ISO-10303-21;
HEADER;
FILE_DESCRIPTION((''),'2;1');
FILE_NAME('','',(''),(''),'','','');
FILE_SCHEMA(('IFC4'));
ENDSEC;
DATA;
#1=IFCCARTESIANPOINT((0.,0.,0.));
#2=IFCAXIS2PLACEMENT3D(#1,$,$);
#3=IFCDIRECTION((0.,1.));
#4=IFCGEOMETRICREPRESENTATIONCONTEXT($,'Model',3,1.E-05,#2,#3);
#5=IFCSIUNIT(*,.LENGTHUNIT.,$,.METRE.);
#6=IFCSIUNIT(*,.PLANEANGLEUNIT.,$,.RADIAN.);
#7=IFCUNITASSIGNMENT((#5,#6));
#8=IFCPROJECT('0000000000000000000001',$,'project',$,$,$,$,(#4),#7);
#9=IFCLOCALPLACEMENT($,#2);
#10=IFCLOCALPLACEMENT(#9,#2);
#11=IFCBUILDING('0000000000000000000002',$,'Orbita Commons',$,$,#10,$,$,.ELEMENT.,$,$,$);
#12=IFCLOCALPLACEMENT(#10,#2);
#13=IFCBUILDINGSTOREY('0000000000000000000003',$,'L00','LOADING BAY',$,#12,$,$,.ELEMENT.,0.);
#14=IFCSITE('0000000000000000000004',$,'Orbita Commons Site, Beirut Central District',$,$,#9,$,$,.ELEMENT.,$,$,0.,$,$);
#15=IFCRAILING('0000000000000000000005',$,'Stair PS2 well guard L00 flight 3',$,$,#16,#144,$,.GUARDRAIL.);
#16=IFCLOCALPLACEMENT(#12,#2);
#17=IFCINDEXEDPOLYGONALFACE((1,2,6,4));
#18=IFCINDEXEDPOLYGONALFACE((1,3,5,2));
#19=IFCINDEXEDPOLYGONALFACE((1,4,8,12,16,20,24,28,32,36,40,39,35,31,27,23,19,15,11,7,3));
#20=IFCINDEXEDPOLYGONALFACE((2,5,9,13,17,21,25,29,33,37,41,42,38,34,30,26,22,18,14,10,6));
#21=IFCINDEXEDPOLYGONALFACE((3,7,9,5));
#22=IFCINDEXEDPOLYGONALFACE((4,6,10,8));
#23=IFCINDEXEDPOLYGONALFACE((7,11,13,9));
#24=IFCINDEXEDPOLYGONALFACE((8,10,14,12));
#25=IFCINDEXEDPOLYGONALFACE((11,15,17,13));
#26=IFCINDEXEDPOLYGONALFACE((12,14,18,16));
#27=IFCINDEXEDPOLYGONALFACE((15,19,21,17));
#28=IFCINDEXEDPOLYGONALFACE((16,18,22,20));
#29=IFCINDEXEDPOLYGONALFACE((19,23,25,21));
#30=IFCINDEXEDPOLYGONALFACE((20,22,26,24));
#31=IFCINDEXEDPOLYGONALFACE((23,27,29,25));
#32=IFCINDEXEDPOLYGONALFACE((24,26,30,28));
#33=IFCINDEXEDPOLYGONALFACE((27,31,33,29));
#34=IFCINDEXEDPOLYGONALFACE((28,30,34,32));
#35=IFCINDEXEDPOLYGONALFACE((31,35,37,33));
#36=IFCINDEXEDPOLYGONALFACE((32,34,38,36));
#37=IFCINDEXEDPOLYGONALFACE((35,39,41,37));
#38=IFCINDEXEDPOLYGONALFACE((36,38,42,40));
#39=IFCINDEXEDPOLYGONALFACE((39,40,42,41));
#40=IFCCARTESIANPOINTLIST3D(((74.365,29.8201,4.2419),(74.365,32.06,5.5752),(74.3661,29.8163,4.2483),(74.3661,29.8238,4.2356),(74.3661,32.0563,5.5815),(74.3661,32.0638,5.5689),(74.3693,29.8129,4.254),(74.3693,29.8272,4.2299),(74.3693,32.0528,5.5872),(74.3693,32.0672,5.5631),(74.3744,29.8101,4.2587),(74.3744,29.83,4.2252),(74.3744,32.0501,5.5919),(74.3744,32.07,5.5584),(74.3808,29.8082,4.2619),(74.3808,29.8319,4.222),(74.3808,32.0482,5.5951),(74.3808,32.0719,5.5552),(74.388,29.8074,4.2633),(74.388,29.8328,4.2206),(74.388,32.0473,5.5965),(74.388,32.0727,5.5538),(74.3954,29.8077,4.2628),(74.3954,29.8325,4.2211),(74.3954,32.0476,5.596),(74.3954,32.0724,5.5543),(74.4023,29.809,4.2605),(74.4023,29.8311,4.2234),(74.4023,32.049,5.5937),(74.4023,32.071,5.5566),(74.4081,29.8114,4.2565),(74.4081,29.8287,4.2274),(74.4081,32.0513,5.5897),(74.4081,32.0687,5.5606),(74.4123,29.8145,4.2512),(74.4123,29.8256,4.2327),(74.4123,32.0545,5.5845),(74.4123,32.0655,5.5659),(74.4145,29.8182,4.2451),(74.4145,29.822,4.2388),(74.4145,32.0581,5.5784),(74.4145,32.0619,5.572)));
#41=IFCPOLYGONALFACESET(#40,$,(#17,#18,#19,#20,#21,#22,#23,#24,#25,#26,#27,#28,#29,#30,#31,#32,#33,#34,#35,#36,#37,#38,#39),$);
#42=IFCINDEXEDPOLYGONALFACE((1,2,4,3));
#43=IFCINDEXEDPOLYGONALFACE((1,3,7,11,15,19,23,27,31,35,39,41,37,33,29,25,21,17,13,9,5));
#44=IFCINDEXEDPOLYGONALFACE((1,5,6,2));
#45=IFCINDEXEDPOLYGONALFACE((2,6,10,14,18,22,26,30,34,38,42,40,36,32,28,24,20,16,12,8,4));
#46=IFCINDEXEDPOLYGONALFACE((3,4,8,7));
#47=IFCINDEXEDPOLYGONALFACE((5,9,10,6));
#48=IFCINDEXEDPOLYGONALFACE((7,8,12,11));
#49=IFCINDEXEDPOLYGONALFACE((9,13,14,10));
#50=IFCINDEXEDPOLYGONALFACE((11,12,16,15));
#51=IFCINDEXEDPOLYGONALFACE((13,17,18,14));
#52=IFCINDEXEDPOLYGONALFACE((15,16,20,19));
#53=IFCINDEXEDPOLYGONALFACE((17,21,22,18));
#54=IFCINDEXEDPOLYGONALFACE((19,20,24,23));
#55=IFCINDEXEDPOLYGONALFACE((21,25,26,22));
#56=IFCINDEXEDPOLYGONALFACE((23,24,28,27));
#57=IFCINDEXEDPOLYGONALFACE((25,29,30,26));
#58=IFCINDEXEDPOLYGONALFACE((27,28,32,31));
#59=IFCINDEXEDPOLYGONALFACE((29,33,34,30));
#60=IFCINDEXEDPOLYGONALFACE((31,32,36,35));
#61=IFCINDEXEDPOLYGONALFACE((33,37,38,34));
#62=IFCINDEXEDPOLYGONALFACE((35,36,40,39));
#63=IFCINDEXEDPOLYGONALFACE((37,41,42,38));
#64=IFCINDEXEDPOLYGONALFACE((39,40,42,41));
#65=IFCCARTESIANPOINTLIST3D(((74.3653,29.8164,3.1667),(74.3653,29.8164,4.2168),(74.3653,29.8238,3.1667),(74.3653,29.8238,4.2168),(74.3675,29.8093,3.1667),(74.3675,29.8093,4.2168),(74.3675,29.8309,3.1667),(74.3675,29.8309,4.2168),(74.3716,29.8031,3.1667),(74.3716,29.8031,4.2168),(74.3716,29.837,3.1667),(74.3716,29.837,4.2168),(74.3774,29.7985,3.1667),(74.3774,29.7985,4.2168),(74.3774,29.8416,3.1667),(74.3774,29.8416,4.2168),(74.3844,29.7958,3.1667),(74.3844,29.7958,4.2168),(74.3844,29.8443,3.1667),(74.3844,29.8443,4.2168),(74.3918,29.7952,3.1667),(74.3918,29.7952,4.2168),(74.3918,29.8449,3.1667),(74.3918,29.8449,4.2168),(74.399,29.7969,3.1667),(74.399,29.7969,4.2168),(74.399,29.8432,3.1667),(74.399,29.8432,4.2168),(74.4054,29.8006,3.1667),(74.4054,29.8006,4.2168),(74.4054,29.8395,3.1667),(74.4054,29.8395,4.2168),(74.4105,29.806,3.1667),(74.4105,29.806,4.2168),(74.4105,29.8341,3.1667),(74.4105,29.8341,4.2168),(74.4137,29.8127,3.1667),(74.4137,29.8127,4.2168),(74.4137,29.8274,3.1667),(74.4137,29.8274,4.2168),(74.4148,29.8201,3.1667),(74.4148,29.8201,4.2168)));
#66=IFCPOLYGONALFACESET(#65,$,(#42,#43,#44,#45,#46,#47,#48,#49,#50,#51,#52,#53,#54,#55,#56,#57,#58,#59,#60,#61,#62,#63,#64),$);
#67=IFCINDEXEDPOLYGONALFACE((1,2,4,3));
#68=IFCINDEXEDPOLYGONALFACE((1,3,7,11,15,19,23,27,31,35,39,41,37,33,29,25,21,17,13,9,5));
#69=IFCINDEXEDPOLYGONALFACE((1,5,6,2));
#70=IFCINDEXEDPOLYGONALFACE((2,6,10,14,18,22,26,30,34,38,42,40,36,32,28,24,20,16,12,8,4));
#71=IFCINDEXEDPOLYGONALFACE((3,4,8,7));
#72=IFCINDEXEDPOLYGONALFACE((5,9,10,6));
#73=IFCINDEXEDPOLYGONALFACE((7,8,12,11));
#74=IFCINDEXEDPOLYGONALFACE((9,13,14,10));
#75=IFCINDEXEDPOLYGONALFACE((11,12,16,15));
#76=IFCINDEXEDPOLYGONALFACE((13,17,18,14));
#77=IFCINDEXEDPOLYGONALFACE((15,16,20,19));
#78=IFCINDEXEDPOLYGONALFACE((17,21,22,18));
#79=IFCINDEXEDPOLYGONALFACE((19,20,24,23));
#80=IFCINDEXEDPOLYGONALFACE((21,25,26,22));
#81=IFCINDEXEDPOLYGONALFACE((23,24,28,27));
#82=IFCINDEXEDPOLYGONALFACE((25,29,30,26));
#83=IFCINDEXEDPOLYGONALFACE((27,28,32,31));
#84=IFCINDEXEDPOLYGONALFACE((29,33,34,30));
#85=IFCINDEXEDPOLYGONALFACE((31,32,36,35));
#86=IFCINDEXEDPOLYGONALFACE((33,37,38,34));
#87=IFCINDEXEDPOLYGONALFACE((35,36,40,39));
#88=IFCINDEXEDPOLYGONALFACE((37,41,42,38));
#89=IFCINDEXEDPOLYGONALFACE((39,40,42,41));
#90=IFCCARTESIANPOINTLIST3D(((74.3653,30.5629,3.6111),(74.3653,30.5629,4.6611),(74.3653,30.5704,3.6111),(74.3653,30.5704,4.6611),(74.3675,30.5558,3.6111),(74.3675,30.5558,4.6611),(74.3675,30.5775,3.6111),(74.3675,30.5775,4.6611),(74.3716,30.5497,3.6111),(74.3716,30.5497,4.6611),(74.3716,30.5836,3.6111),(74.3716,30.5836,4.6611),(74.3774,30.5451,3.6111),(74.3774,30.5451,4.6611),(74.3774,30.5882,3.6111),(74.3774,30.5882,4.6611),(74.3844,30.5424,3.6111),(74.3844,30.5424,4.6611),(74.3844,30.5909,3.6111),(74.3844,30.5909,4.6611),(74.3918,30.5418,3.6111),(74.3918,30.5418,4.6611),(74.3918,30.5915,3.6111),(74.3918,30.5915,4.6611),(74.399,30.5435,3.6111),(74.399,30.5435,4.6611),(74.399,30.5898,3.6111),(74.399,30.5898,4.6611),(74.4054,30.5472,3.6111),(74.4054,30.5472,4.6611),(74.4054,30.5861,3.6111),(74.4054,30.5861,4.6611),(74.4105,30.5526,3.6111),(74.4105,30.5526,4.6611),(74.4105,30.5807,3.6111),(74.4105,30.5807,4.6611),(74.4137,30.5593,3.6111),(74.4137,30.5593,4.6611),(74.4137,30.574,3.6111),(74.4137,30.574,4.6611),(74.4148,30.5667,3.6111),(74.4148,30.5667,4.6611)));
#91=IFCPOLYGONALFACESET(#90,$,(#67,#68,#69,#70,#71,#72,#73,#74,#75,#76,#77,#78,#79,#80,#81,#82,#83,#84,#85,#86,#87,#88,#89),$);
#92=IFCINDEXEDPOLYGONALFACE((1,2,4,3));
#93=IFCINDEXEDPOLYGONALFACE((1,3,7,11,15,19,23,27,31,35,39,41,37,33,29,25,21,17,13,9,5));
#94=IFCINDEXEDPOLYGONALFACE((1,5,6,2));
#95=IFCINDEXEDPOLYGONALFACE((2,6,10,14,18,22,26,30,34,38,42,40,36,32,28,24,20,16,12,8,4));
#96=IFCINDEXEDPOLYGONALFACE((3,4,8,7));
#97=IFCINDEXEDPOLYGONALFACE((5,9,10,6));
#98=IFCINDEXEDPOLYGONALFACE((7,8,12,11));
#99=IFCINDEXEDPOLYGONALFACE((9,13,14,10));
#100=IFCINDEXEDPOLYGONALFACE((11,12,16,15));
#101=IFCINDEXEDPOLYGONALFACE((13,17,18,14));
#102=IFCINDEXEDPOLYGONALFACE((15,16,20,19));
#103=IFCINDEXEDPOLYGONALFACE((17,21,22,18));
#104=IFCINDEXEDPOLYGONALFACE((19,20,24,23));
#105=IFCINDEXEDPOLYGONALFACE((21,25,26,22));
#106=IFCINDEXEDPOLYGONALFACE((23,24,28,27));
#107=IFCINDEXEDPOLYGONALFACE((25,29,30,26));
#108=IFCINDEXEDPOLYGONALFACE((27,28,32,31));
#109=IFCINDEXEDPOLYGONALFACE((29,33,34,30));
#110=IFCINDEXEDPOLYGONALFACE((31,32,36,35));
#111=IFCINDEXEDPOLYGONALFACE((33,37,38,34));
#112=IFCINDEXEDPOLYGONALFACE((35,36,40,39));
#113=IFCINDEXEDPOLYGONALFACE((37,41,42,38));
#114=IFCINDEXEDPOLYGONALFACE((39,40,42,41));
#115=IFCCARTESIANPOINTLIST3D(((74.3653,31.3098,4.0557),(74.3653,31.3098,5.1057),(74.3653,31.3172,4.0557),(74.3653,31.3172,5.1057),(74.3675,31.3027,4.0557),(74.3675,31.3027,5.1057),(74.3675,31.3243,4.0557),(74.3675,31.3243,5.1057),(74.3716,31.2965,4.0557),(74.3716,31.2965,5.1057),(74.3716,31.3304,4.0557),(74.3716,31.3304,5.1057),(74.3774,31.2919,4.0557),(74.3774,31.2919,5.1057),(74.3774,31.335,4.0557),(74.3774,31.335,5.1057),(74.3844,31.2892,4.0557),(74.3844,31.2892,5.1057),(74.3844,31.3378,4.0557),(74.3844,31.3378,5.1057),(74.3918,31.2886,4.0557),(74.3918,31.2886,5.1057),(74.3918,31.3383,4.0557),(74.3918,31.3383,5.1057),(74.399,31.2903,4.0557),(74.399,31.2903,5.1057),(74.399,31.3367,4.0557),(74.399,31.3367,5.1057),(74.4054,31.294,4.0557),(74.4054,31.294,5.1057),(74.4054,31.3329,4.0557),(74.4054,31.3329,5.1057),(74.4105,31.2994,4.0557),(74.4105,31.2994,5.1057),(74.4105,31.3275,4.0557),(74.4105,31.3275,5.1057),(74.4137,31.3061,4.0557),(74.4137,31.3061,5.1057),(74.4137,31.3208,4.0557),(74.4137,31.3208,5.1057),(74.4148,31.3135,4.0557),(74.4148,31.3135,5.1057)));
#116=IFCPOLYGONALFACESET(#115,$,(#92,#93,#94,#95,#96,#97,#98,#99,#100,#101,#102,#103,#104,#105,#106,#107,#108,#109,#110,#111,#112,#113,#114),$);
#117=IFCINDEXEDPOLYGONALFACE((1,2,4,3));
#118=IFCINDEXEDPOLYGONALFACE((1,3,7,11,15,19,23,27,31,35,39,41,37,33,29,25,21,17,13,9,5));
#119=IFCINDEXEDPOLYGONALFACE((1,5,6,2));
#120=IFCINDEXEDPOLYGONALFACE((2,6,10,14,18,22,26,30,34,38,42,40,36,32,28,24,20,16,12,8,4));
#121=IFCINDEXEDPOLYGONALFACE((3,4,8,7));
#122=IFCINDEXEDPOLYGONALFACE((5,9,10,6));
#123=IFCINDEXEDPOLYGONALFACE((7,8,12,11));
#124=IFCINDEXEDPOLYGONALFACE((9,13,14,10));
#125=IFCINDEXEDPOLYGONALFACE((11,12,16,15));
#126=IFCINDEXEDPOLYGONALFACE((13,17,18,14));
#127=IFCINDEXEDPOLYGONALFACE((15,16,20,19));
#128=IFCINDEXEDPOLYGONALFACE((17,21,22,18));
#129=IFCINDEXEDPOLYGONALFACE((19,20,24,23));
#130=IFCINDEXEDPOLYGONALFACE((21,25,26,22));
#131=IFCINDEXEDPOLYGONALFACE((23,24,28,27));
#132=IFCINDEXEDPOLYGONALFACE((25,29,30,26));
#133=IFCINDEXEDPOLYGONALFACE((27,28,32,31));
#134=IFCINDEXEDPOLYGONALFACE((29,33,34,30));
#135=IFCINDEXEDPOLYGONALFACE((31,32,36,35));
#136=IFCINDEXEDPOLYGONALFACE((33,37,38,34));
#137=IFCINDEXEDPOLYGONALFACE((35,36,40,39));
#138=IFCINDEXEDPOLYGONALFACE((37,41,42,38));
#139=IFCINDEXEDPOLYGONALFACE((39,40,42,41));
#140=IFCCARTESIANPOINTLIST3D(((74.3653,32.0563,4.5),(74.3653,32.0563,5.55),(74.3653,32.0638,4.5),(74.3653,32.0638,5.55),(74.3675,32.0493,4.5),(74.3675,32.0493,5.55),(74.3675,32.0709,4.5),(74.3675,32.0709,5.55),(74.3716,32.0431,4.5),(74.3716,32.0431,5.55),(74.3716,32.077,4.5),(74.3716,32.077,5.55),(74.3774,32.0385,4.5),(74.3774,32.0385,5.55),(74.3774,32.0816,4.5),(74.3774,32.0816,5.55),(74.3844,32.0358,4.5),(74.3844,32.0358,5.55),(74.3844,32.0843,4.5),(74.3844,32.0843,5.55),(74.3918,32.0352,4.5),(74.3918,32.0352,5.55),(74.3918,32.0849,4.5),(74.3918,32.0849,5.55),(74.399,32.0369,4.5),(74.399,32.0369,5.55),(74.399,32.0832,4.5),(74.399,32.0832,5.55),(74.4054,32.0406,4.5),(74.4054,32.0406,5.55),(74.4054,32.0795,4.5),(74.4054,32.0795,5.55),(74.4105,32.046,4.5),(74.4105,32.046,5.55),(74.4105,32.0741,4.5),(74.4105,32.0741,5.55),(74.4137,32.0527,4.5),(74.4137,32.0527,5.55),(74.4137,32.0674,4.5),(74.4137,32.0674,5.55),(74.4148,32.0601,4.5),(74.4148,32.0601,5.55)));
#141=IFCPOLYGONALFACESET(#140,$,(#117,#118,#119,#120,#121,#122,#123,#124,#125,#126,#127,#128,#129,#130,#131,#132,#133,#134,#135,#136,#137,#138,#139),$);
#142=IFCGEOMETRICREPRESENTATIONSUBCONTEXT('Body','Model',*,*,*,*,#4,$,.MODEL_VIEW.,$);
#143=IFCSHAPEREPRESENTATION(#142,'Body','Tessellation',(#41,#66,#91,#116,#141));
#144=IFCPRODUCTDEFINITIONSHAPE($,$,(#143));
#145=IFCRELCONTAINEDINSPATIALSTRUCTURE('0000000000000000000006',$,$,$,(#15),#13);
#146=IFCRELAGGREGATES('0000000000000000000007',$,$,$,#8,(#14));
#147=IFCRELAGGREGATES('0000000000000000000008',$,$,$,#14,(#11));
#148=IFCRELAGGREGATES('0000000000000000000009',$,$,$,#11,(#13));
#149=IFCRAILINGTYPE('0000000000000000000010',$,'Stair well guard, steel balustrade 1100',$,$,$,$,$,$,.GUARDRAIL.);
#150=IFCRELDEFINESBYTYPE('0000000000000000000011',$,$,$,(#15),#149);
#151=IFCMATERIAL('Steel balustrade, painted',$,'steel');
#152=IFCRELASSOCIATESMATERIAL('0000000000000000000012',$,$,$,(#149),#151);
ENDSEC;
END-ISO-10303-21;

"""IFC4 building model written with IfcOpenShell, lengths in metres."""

from ifc_helpers import new_model, si_unit, direction, frame, origin, origin_2d, place, context, subcontext, project, spatial, circle, extrude, material, type_object, element, save


model = new_model("IFC4")

# Units and contexts
model_context = context("Model", 3, precision=1e-05, world=origin(), true_north=direction((0.0, 1.0)))
body_context = subcontext(model_context, "Body", "Model", "MODEL_VIEW")
ifc_project = project(units=[si_unit("LENGTHUNIT", "METRE"), si_unit("PLANEANGLEUNIT", "RADIAN")], contexts=[model_context])

# Site, building, storey
site_placement = place(None, origin())
site = spatial("IfcSite", under=ifc_project, at=site_placement, Name="Orbita Commons Site, Beirut Central District", CompositionType="ELEMENT", RefElevation=0.0)
building_placement = place(site_placement, origin())
building = spatial("IfcBuilding", under=site, at=building_placement, Name="Orbita Commons", CompositionType="ELEMENT")
storey_placement = place(building_placement, origin())
storey = spatial("IfcBuildingStorey", under=building, at=storey_placement, Name="L00", Description="LOADING BAY", CompositionType="ELEMENT", Elevation=0.0)

# Railing
ifc_material_1 = material(Name="Steel balustrade, painted", Category="steel")
railing_type_1 = type_object("IfcRailingType", Name="Stair well guard, steel balustrade 1100", PredefinedType="GUARDRAIL", material=ifc_material_1)
railing_1_placement = place(storey_placement, frame((74.3899, 29.8201, 3.1667)))
element("IfcRailing", 1, at=railing_1_placement, inside=storey, type_object=railing_type_1, Name="Stair PS2 well guard L00 flight 3", PredefinedType="GUARDRAIL", context=body_context, shape_type="SweptSolid", body=[
    extrude(circle(Radius=0.0249, at=origin_2d()), frame((0.0, 0.0, 1.0752), z_axis=(0.0, 0.859306, 0.511462), x_axis=(-1.0, 0.0, 0.0)), (0.0, 0.0, 1.0), 2.6067),
    extrude(circle(Radius=0.0249, at=origin_2d()), origin(), (0.0, 0.0, 1.0), 1.05),
    extrude(circle(Radius=0.0249, at=origin_2d()), frame((0.0, 0.7466, 0.4443)), (0.0, 0.0, 1.0), 1.05),
    extrude(circle(Radius=0.0249, at=origin_2d()), frame((0.0, 1.4934, 0.8889)), (0.0, 0.0, 1.0), 1.05),
    extrude(circle(Radius=0.0249, at=origin_2d()), frame((0.0, 2.24, 1.3333)), (0.0, 0.0, 1.0), 1.05),
])

save(model, "model.ifc")
